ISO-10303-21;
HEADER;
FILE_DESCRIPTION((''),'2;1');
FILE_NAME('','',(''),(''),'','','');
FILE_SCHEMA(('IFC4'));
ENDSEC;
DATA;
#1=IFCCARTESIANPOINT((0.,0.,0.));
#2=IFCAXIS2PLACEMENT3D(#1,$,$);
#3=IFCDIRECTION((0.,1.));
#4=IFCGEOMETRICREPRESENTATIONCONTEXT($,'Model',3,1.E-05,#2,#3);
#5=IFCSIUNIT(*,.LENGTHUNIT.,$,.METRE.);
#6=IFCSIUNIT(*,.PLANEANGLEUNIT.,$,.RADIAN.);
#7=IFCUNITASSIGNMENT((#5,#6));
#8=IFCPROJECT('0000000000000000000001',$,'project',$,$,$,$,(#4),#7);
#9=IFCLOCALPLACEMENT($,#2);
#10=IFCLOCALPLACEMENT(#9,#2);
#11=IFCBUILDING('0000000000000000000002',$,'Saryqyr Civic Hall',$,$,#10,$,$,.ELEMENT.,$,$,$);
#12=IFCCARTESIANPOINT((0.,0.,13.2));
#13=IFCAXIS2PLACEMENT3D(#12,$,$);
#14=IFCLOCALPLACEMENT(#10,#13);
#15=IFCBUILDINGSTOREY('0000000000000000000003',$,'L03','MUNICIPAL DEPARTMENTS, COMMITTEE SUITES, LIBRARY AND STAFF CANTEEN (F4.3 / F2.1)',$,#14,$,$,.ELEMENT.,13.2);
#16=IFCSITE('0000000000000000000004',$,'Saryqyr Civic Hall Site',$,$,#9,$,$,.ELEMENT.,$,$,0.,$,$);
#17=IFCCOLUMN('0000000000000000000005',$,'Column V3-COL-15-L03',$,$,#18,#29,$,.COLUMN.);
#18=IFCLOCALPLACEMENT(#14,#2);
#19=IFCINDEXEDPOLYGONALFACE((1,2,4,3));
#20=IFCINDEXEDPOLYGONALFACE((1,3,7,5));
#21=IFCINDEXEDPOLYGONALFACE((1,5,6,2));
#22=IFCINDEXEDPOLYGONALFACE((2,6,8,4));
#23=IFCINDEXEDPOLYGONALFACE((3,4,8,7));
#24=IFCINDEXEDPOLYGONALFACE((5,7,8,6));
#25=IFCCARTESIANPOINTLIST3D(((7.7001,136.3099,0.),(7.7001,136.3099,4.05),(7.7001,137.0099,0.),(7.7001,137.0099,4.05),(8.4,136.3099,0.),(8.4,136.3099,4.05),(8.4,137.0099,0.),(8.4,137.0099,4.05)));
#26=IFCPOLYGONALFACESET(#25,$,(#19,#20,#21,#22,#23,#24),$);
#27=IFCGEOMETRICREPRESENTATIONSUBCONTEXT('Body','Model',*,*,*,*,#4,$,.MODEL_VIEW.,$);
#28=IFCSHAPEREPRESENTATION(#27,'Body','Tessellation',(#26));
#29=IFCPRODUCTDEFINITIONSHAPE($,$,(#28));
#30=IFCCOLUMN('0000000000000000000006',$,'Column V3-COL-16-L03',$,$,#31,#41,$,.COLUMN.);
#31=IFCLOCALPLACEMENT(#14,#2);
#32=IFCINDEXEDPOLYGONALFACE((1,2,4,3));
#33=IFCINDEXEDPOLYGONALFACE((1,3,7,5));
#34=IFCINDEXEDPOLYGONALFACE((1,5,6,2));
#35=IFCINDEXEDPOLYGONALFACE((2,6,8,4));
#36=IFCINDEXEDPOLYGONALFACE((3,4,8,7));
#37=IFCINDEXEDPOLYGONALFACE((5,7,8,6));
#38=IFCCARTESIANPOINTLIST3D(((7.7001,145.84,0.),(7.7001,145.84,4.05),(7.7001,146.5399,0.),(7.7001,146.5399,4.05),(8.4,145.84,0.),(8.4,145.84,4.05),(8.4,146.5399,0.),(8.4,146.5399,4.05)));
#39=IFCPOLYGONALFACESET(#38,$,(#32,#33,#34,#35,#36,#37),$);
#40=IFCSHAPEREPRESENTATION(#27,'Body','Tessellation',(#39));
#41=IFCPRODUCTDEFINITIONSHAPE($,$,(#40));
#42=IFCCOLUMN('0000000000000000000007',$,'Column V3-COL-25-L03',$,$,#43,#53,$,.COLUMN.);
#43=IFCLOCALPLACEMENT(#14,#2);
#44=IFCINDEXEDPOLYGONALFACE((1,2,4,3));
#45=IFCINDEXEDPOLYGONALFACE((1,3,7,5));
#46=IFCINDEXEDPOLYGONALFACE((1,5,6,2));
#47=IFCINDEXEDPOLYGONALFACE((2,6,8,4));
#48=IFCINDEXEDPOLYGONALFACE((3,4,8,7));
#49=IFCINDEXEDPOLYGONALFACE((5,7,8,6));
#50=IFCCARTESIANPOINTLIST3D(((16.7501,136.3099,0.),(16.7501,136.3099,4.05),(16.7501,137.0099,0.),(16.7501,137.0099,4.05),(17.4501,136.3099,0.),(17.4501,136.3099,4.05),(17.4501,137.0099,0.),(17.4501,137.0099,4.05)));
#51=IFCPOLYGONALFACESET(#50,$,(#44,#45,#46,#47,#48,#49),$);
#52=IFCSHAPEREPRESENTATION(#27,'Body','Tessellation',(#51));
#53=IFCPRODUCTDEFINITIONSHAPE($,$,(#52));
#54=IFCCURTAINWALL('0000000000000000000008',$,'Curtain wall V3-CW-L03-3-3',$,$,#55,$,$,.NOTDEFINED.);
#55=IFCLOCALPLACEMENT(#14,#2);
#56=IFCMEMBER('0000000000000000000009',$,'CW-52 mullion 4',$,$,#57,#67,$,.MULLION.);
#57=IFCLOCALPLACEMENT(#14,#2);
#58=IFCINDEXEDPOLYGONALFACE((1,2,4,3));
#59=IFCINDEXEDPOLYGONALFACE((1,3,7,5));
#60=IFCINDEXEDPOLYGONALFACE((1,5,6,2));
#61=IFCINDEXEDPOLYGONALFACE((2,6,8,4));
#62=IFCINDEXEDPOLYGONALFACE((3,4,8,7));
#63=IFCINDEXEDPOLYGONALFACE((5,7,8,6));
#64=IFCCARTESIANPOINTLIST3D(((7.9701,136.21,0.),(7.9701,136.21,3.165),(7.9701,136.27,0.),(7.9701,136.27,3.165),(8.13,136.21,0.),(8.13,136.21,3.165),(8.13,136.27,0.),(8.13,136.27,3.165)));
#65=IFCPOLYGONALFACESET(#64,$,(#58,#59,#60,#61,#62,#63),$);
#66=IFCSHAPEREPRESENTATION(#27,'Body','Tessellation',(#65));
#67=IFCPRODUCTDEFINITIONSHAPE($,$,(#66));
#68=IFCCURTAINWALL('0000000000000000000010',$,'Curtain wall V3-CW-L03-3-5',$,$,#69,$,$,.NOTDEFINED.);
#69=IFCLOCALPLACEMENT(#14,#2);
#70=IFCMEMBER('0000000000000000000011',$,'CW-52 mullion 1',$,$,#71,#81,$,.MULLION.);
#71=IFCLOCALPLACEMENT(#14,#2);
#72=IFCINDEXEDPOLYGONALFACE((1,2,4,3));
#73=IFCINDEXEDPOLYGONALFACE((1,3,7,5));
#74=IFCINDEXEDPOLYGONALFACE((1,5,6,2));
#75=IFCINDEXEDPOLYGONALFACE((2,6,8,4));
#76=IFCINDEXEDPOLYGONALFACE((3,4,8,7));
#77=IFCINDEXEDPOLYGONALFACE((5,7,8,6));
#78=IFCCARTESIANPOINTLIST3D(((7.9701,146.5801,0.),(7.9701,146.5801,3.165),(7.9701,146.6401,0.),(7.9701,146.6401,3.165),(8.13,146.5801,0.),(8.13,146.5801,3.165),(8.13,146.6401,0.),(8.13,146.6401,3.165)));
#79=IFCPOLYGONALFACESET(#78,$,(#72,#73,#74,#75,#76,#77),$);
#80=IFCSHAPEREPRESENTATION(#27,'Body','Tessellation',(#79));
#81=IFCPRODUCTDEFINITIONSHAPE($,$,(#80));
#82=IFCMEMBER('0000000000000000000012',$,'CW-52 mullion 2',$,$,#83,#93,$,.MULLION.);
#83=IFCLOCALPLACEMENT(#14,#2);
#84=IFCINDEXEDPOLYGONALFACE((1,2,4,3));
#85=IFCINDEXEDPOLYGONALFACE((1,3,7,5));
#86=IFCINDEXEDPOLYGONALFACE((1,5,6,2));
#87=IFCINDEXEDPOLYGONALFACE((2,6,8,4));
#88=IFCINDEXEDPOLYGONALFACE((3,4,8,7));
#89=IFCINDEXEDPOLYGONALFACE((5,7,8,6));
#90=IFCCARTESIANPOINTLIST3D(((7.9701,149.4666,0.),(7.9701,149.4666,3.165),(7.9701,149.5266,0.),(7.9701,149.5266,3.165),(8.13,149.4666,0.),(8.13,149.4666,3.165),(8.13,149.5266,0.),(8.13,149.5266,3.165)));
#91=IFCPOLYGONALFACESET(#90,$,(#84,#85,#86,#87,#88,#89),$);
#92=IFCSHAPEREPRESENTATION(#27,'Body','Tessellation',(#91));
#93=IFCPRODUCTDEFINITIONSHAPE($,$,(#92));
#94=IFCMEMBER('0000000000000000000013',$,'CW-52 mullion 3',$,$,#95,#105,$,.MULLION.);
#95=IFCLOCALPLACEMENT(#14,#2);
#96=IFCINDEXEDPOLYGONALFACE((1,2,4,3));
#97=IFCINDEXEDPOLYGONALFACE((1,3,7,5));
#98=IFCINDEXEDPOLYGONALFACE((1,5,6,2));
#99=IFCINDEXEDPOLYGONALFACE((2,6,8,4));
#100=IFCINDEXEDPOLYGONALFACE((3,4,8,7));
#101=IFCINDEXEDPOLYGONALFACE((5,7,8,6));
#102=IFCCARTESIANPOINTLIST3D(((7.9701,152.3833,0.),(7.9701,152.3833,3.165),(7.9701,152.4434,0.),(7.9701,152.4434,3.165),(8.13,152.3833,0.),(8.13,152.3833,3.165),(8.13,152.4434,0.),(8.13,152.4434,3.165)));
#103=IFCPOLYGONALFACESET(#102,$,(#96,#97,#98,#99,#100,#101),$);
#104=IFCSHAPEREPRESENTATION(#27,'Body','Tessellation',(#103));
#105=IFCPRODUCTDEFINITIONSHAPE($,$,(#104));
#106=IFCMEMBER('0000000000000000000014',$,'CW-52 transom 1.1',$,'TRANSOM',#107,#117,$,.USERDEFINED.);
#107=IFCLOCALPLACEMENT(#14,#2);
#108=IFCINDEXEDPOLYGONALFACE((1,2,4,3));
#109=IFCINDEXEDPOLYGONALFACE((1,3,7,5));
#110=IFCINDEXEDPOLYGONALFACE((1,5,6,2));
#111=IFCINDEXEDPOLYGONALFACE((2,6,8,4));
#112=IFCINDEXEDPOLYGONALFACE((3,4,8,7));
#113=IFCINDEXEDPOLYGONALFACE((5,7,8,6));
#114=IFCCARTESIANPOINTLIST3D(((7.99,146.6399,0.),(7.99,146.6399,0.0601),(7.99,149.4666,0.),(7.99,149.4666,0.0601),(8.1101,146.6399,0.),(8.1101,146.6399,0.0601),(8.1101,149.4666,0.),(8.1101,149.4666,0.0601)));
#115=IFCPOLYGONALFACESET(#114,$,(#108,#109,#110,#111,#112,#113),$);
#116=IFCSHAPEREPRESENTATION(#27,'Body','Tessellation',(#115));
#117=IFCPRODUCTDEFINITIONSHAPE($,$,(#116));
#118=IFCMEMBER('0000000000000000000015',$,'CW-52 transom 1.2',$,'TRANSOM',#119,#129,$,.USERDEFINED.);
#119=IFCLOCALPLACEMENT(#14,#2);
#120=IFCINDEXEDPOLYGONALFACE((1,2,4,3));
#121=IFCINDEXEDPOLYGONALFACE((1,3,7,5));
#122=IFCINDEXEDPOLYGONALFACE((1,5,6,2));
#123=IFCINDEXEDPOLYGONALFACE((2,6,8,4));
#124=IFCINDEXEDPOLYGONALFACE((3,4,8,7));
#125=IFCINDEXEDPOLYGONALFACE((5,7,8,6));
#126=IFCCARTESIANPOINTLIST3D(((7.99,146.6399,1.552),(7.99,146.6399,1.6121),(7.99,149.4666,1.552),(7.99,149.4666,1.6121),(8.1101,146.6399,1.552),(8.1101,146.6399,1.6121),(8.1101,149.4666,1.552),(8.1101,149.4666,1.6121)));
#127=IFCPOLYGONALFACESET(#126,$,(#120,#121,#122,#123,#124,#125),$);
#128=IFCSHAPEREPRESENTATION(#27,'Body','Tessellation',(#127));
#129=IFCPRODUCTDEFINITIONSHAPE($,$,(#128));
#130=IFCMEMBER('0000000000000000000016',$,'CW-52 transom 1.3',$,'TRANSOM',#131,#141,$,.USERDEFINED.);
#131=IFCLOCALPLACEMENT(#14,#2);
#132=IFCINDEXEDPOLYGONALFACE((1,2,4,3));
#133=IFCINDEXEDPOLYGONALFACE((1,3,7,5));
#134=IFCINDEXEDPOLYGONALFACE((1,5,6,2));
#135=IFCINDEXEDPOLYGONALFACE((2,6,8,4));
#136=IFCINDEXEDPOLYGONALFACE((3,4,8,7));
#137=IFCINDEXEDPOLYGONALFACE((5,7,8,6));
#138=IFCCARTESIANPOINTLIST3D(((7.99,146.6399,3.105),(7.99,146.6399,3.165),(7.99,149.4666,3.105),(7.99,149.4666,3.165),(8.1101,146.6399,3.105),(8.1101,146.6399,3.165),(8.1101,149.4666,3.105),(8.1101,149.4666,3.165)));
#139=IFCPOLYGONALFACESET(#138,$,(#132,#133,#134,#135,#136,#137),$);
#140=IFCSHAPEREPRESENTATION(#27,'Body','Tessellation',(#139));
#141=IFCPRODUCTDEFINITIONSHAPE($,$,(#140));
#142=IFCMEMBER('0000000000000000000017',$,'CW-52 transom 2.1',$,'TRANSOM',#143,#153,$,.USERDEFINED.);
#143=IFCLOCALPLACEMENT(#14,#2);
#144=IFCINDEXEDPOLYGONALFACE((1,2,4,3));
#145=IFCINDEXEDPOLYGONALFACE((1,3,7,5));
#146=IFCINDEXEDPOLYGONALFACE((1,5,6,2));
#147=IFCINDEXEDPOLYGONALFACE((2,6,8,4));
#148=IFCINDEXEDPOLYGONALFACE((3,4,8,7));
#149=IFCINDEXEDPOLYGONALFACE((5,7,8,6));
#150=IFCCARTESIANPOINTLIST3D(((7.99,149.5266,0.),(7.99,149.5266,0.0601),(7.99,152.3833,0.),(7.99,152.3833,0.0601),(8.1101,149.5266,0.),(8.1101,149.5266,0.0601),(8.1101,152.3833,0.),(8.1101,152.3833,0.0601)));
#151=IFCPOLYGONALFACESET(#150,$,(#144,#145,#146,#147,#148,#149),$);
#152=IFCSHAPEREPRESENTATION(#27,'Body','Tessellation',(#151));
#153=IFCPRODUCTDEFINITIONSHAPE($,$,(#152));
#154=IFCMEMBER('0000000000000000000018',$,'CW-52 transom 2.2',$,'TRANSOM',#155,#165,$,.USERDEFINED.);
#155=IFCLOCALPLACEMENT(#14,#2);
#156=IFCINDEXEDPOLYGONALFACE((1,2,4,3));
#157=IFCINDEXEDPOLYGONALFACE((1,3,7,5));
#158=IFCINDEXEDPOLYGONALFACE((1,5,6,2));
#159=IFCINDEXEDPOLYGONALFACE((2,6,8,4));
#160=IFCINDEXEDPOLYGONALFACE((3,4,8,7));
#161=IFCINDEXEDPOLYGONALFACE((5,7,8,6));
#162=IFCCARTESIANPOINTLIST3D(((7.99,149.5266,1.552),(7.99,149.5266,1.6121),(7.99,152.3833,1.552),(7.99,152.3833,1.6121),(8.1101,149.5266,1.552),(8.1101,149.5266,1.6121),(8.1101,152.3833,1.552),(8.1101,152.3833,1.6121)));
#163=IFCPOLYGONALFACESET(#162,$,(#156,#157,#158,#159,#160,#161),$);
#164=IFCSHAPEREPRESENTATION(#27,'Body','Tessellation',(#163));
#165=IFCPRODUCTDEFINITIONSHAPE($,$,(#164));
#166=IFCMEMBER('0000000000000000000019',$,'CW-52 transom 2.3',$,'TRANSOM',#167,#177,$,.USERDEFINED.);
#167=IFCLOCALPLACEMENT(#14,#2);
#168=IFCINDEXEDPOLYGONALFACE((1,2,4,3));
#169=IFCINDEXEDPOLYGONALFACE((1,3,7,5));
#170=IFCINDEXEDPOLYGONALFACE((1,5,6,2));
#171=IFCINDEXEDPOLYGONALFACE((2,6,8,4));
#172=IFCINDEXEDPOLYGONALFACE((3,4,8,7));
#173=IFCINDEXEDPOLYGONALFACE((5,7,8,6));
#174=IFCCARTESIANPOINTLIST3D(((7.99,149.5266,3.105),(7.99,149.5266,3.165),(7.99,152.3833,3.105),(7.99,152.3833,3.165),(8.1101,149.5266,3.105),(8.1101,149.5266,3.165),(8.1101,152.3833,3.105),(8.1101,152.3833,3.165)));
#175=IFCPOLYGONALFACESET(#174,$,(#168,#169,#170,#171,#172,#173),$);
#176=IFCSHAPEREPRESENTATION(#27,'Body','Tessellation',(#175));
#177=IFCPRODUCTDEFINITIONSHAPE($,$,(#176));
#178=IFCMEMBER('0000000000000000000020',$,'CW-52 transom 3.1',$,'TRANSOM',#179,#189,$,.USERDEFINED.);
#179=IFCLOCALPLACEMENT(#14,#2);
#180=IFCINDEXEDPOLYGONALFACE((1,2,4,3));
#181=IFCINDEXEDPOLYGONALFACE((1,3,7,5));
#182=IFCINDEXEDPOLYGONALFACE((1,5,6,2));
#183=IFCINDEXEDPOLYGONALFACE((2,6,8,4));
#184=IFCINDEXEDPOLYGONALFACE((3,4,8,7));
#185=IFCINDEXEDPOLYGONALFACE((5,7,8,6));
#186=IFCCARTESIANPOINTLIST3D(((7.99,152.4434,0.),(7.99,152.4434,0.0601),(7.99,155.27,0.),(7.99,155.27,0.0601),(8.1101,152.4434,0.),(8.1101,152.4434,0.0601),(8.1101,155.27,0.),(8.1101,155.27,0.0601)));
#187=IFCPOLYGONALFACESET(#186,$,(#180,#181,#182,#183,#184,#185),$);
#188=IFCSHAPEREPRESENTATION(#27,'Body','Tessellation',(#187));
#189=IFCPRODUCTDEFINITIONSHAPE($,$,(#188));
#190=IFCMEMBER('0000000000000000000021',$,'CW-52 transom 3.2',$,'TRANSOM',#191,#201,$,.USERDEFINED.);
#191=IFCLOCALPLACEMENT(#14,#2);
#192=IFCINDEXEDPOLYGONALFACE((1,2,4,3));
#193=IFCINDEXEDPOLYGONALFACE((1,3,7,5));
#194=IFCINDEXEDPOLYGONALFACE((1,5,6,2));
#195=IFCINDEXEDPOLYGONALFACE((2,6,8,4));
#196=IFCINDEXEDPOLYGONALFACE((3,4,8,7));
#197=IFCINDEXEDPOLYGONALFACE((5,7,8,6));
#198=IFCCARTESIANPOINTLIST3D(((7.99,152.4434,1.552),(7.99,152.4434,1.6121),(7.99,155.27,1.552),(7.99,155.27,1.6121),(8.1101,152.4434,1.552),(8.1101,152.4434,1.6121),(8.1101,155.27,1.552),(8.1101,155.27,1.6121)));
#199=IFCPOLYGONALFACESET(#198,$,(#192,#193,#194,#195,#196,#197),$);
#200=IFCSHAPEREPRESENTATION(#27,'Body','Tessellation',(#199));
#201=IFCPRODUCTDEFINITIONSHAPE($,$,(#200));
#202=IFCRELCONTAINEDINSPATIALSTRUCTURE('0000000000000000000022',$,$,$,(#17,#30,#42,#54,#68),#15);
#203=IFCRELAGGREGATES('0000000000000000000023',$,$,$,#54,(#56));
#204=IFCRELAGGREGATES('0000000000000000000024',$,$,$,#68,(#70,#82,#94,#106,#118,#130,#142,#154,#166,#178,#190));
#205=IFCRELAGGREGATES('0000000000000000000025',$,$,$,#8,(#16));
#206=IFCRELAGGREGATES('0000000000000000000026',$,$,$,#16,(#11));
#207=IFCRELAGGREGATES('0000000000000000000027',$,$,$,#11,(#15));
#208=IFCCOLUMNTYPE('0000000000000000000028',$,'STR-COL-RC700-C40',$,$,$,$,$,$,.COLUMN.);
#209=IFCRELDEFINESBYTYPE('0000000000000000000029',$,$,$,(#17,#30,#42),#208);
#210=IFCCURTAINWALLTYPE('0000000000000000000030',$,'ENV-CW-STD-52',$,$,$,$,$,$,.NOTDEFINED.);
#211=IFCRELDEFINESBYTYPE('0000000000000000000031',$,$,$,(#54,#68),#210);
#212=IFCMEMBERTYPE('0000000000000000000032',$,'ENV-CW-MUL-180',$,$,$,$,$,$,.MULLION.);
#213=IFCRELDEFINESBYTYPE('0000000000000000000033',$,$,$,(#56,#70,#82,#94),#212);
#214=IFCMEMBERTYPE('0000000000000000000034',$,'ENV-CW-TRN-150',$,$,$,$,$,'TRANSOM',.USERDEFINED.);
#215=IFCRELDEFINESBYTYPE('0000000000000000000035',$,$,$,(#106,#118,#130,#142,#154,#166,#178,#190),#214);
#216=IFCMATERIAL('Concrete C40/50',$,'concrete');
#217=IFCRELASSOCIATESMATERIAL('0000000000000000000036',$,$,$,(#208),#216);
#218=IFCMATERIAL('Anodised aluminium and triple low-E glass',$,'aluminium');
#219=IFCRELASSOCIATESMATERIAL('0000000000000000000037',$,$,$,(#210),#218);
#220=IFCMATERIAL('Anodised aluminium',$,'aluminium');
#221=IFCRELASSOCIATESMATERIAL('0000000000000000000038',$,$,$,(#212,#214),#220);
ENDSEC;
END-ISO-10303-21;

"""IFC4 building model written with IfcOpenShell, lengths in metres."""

from ifc_helpers import new_model, si_unit, direction, frame, origin, origin_2d, place, context, subcontext, project, spatial, rectangle, extrude, material, material_profile, profile_set, type_object, element, aggregate, save


model = new_model("IFC4")

# Units and contexts
model_context = context("Model", 3, precision=1e-05, world=origin(), true_north=direction((0.0, 1.0)))
body_context = subcontext(model_context, "Body", "Model", "MODEL_VIEW")
ifc_project = project(units=[si_unit("LENGTHUNIT", "METRE"), si_unit("PLANEANGLEUNIT", "RADIAN")], contexts=[model_context])

# Site, building, storey
site_placement = place(None, origin())
site = spatial("IfcSite", under=ifc_project, at=site_placement, Name="Saryqyr Civic Hall Site", CompositionType="ELEMENT", RefElevation=0.0)
building_placement = place(site_placement, origin())
building = spatial("IfcBuilding", under=site, at=building_placement, Name="Saryqyr Civic Hall", CompositionType="ELEMENT")
storey_placement = place(building_placement, frame((0.0, 0.0, 13.2)))
storey = spatial("IfcBuildingStorey", under=building, at=storey_placement, Name="L03", Description="MUNICIPAL DEPARTMENTS, COMMITTEE SUITES, LIBRARY AND STAFF CANTEEN (F4.3 / F2.1)", CompositionType="ELEMENT", Elevation=13.2)

# Columns
ifc_material_1 = material(Name="Concrete C40/50", Category="concrete")
ifc_material_profile_1 = material_profile(ifc_material_1, rectangle(XDim=0.7, YDim=0.7, at=origin_2d()), Name="RC 700x700")
ifc_profile_set_1 = profile_set([ifc_material_profile_1], Name="Concrete C40/50")
column_type = type_object("IfcColumnType", Name="STR-COL-RC700-C40", PredefinedType="COLUMN", material=ifc_profile_set_1)
for number, where, z_axis, x_axis, name in (
    (1, (8.05, 136.6599, 0.0), (0.0, 0.0, 1.0), (1.0, 0.0, 0.0), "Column V3-COL-15-L03"),
    (2, (8.05, 146.1899, 0.0), (0.0, 0.0, 1.0), (1.0, 0.0, 0.0), "Column V3-COL-16-L03"),
    (3, (17.1001, 136.6599, 0.0), (0.0, 0.0, 1.0), (1.0, 0.0, 0.0), "Column V3-COL-25-L03"),
):
    element("IfcColumn", number, at=place(storey_placement, frame(where, z_axis=z_axis, x_axis=x_axis)), inside=storey, type_object=column_type, Name=name, PredefinedType="COLUMN", context=body_context, shape_type="SweptSolid", body=[
        extrude(rectangle(XDim=0.7, YDim=0.7, at=origin_2d()), origin(), (0.0, 0.0, 1.0), 4.05),
    ])

# Curtain wall, member
ifc_material_2 = material(Name="Anodised aluminium and triple low-E glass", Category="aluminium")
curtain_wall_type = type_object("IfcCurtainWallType", Name="ENV-CW-STD-52", PredefinedType="NOTDEFINED", material=ifc_material_2)
curtain_wall_1_placement = place(storey_placement, origin())
curtain_wall_1 = element("IfcCurtainWall", 4, at=curtain_wall_1_placement, inside=storey, type_object=curtain_wall_type, Name="Curtain wall V3-CW-L03-3-3", PredefinedType="NOTDEFINED")
ifc_material_3 = material(Name="Anodised aluminium", Category="aluminium")
ifc_material_profile_2 = material_profile(ifc_material_3, rectangle(XDim=0.0601, YDim=0.1599, at=origin_2d()), Name="ALU MULLION 60x160")
ifc_profile_set_2 = profile_set([ifc_material_profile_2], Name="Anodised aluminium")
member_type_1 = type_object("IfcMemberType", Name="ENV-CW-MUL-180", PredefinedType="MULLION", material=ifc_profile_set_2)
member_1_placement = place(storey_placement, frame((8.05, 136.24, 0.0), z_axis=(0.0, 0.0, 1.0), x_axis=(0.0, 1.0, 0.0)))
member_1 = element("IfcMember", 5, at=member_1_placement, type_object=member_type_1, Name="CW-52 mullion 4", PredefinedType="MULLION", context=body_context, shape_type="SweptSolid", body=[
    extrude(rectangle(XDim=0.0601, YDim=0.1599, at=origin_2d()), origin(), (0.0, 0.0, 1.0), 3.165),
])
aggregate(curtain_wall_1, [member_1])

# Curtain wall, members
curtain_wall_2_placement = place(storey_placement, origin())
curtain_wall_2 = element("IfcCurtainWall", 6, at=curtain_wall_2_placement, inside=storey, type_object=curtain_wall_type, Name="Curtain wall V3-CW-L03-3-5", PredefinedType="NOTDEFINED")
member_2_placement = place(storey_placement, frame((8.05, 146.6101, 0.0), z_axis=(0.0, 0.0, 1.0), x_axis=(0.0, 1.0, 0.0)))
member_2 = element("IfcMember", 7, at=member_2_placement, type_object=member_type_1, Name="CW-52 mullion 1", PredefinedType="MULLION", context=body_context, shape_type="SweptSolid", body=[
    extrude(rectangle(XDim=0.0601, YDim=0.1599, at=origin_2d()), origin(), (0.0, 0.0, 1.0), 3.165),
])
member_3_placement = place(storey_placement, frame((8.05, 149.4966, 0.0), z_axis=(0.0, 0.0, 1.0), x_axis=(0.0, 1.0, 0.0)))
member_3 = element("IfcMember", 8, at=member_3_placement, type_object=member_type_1, Name="CW-52 mullion 2", PredefinedType="MULLION", context=body_context, shape_type="SweptSolid", body=[
    extrude(rectangle(XDim=0.0601, YDim=0.1599, at=origin_2d()), origin(), (0.0, 0.0, 1.0), 3.165),
])
member_4_placement = place(storey_placement, frame((8.05, 152.4133, 0.0), z_axis=(0.0, 0.0, 1.0), x_axis=(0.0, 1.0, 0.0)))
member_4 = element("IfcMember", 9, at=member_4_placement, type_object=member_type_1, Name="CW-52 mullion 3", PredefinedType="MULLION", context=body_context, shape_type="SweptSolid", body=[
    extrude(rectangle(XDim=0.0601, YDim=0.1599, at=origin_2d()), origin(), (0.0, 0.0, 1.0), 3.165),
])
ifc_material_profile_3 = material_profile(ifc_material_3, rectangle(XDim=0.1201, YDim=0.0601, at=origin_2d()), Name="ALU TRANSOM 120x60")
ifc_profile_set_3 = profile_set([ifc_material_profile_3], Name="Anodised aluminium")
member_type_2 = type_object("IfcMemberType", Name="ENV-CW-TRN-150", ElementType="TRANSOM", PredefinedType="USERDEFINED", material=ifc_profile_set_3)
member_5_placement = place(storey_placement, frame((8.05, 146.6399, 0.03), z_axis=(0.0, 1.0, 0.0), x_axis=(-1.0, 0.0, 0.0)))
member_5 = element("IfcMember", 10, at=member_5_placement, type_object=member_type_2, Name="CW-52 transom 1.1", ObjectType="TRANSOM", PredefinedType="USERDEFINED", context=body_context, shape_type="SweptSolid", body=[
    extrude(rectangle(XDim=0.1201, YDim=0.0601, at=origin_2d()), origin(), (0.0, 0.0, 1.0), 2.8267),
])
member_6_placement = place(storey_placement, frame((8.05, 146.6399, 1.582), z_axis=(0.0, 1.0, 0.0), x_axis=(-1.0, 0.0, 0.0)))
member_6 = element("IfcMember", 11, at=member_6_placement, type_object=member_type_2, Name="CW-52 transom 1.2", ObjectType="TRANSOM", PredefinedType="USERDEFINED", context=body_context, shape_type="SweptSolid", body=[
    extrude(rectangle(XDim=0.1201, YDim=0.0601, at=origin_2d()), origin(), (0.0, 0.0, 1.0), 2.8267),
])
member_7_placement = place(storey_placement, frame((8.05, 146.6399, 3.135), z_axis=(0.0, 1.0, 0.0), x_axis=(-1.0, 0.0, 0.0)))
member_7 = element("IfcMember", 12, at=member_7_placement, type_object=member_type_2, Name="CW-52 transom 1.3", ObjectType="TRANSOM", PredefinedType="USERDEFINED", context=body_context, shape_type="SweptSolid", body=[
    extrude(rectangle(XDim=0.1201, YDim=0.0601, at=origin_2d()), origin(), (0.0, 0.0, 1.0), 2.8267),
])
member_8_placement = place(storey_placement, frame((8.05, 149.5266, 0.03), z_axis=(0.0, 1.0, 0.0), x_axis=(-1.0, 0.0, 0.0)))
member_8 = element("IfcMember", 13, at=member_8_placement, type_object=member_type_2, Name="CW-52 transom 2.1", ObjectType="TRANSOM", PredefinedType="USERDEFINED", context=body_context, shape_type="SweptSolid", body=[
    extrude(rectangle(XDim=0.1201, YDim=0.0601, at=origin_2d()), origin(), (0.0, 0.0, 1.0), 2.8567),
])
member_9_placement = place(storey_placement, frame((8.05, 149.5266, 1.582), z_axis=(0.0, 1.0, 0.0), x_axis=(-1.0, 0.0, 0.0)))
member_9 = element("IfcMember", 14, at=member_9_placement, type_object=member_type_2, Name="CW-52 transom 2.2", ObjectType="TRANSOM", PredefinedType="USERDEFINED", context=body_context, shape_type="SweptSolid", body=[
    extrude(rectangle(XDim=0.1201, YDim=0.0601, at=origin_2d()), origin(), (0.0, 0.0, 1.0), 2.8567),
])
member_10_placement = place(storey_placement, frame((8.05, 149.5266, 3.135), z_axis=(0.0, 1.0, 0.0), x_axis=(-1.0, 0.0, 0.0)))
member_10 = element("IfcMember", 15, at=member_10_placement, type_object=member_type_2, Name="CW-52 transom 2.3", ObjectType="TRANSOM", PredefinedType="USERDEFINED", context=body_context, shape_type="SweptSolid", body=[
    extrude(rectangle(XDim=0.1201, YDim=0.0601, at=origin_2d()), origin(), (0.0, 0.0, 1.0), 2.8567),
])
member_11_placement = place(storey_placement, frame((8.05, 152.4434, 0.03), z_axis=(0.0, 1.0, 0.0), x_axis=(-1.0, 0.0, 0.0)))
member_11 = element("IfcMember", 16, at=member_11_placement, type_object=member_type_2, Name="CW-52 transom 3.1", ObjectType="TRANSOM", PredefinedType="USERDEFINED", context=body_context, shape_type="SweptSolid", body=[
    extrude(rectangle(XDim=0.1201, YDim=0.0601, at=origin_2d()), origin(), (0.0, 0.0, 1.0), 2.8267),
])
member_12_placement = place(storey_placement, frame((8.05, 152.4434, 1.582), z_axis=(0.0, 1.0, 0.0), x_axis=(-1.0, 0.0, 0.0)))
member_12 = element("IfcMember", 17, at=member_12_placement, type_object=member_type_2, Name="CW-52 transom 3.2", ObjectType="TRANSOM", PredefinedType="USERDEFINED", context=body_context, shape_type="SweptSolid", body=[
    extrude(rectangle(XDim=0.1201, YDim=0.0601, at=origin_2d()), origin(), (0.0, 0.0, 1.0), 2.8267),
])

aggregate(curtain_wall_2, [member_2, member_3, member_4, member_5, member_6, member_7, member_8, member_9, member_10, member_11, member_12])

save(model, "model.ifc")
